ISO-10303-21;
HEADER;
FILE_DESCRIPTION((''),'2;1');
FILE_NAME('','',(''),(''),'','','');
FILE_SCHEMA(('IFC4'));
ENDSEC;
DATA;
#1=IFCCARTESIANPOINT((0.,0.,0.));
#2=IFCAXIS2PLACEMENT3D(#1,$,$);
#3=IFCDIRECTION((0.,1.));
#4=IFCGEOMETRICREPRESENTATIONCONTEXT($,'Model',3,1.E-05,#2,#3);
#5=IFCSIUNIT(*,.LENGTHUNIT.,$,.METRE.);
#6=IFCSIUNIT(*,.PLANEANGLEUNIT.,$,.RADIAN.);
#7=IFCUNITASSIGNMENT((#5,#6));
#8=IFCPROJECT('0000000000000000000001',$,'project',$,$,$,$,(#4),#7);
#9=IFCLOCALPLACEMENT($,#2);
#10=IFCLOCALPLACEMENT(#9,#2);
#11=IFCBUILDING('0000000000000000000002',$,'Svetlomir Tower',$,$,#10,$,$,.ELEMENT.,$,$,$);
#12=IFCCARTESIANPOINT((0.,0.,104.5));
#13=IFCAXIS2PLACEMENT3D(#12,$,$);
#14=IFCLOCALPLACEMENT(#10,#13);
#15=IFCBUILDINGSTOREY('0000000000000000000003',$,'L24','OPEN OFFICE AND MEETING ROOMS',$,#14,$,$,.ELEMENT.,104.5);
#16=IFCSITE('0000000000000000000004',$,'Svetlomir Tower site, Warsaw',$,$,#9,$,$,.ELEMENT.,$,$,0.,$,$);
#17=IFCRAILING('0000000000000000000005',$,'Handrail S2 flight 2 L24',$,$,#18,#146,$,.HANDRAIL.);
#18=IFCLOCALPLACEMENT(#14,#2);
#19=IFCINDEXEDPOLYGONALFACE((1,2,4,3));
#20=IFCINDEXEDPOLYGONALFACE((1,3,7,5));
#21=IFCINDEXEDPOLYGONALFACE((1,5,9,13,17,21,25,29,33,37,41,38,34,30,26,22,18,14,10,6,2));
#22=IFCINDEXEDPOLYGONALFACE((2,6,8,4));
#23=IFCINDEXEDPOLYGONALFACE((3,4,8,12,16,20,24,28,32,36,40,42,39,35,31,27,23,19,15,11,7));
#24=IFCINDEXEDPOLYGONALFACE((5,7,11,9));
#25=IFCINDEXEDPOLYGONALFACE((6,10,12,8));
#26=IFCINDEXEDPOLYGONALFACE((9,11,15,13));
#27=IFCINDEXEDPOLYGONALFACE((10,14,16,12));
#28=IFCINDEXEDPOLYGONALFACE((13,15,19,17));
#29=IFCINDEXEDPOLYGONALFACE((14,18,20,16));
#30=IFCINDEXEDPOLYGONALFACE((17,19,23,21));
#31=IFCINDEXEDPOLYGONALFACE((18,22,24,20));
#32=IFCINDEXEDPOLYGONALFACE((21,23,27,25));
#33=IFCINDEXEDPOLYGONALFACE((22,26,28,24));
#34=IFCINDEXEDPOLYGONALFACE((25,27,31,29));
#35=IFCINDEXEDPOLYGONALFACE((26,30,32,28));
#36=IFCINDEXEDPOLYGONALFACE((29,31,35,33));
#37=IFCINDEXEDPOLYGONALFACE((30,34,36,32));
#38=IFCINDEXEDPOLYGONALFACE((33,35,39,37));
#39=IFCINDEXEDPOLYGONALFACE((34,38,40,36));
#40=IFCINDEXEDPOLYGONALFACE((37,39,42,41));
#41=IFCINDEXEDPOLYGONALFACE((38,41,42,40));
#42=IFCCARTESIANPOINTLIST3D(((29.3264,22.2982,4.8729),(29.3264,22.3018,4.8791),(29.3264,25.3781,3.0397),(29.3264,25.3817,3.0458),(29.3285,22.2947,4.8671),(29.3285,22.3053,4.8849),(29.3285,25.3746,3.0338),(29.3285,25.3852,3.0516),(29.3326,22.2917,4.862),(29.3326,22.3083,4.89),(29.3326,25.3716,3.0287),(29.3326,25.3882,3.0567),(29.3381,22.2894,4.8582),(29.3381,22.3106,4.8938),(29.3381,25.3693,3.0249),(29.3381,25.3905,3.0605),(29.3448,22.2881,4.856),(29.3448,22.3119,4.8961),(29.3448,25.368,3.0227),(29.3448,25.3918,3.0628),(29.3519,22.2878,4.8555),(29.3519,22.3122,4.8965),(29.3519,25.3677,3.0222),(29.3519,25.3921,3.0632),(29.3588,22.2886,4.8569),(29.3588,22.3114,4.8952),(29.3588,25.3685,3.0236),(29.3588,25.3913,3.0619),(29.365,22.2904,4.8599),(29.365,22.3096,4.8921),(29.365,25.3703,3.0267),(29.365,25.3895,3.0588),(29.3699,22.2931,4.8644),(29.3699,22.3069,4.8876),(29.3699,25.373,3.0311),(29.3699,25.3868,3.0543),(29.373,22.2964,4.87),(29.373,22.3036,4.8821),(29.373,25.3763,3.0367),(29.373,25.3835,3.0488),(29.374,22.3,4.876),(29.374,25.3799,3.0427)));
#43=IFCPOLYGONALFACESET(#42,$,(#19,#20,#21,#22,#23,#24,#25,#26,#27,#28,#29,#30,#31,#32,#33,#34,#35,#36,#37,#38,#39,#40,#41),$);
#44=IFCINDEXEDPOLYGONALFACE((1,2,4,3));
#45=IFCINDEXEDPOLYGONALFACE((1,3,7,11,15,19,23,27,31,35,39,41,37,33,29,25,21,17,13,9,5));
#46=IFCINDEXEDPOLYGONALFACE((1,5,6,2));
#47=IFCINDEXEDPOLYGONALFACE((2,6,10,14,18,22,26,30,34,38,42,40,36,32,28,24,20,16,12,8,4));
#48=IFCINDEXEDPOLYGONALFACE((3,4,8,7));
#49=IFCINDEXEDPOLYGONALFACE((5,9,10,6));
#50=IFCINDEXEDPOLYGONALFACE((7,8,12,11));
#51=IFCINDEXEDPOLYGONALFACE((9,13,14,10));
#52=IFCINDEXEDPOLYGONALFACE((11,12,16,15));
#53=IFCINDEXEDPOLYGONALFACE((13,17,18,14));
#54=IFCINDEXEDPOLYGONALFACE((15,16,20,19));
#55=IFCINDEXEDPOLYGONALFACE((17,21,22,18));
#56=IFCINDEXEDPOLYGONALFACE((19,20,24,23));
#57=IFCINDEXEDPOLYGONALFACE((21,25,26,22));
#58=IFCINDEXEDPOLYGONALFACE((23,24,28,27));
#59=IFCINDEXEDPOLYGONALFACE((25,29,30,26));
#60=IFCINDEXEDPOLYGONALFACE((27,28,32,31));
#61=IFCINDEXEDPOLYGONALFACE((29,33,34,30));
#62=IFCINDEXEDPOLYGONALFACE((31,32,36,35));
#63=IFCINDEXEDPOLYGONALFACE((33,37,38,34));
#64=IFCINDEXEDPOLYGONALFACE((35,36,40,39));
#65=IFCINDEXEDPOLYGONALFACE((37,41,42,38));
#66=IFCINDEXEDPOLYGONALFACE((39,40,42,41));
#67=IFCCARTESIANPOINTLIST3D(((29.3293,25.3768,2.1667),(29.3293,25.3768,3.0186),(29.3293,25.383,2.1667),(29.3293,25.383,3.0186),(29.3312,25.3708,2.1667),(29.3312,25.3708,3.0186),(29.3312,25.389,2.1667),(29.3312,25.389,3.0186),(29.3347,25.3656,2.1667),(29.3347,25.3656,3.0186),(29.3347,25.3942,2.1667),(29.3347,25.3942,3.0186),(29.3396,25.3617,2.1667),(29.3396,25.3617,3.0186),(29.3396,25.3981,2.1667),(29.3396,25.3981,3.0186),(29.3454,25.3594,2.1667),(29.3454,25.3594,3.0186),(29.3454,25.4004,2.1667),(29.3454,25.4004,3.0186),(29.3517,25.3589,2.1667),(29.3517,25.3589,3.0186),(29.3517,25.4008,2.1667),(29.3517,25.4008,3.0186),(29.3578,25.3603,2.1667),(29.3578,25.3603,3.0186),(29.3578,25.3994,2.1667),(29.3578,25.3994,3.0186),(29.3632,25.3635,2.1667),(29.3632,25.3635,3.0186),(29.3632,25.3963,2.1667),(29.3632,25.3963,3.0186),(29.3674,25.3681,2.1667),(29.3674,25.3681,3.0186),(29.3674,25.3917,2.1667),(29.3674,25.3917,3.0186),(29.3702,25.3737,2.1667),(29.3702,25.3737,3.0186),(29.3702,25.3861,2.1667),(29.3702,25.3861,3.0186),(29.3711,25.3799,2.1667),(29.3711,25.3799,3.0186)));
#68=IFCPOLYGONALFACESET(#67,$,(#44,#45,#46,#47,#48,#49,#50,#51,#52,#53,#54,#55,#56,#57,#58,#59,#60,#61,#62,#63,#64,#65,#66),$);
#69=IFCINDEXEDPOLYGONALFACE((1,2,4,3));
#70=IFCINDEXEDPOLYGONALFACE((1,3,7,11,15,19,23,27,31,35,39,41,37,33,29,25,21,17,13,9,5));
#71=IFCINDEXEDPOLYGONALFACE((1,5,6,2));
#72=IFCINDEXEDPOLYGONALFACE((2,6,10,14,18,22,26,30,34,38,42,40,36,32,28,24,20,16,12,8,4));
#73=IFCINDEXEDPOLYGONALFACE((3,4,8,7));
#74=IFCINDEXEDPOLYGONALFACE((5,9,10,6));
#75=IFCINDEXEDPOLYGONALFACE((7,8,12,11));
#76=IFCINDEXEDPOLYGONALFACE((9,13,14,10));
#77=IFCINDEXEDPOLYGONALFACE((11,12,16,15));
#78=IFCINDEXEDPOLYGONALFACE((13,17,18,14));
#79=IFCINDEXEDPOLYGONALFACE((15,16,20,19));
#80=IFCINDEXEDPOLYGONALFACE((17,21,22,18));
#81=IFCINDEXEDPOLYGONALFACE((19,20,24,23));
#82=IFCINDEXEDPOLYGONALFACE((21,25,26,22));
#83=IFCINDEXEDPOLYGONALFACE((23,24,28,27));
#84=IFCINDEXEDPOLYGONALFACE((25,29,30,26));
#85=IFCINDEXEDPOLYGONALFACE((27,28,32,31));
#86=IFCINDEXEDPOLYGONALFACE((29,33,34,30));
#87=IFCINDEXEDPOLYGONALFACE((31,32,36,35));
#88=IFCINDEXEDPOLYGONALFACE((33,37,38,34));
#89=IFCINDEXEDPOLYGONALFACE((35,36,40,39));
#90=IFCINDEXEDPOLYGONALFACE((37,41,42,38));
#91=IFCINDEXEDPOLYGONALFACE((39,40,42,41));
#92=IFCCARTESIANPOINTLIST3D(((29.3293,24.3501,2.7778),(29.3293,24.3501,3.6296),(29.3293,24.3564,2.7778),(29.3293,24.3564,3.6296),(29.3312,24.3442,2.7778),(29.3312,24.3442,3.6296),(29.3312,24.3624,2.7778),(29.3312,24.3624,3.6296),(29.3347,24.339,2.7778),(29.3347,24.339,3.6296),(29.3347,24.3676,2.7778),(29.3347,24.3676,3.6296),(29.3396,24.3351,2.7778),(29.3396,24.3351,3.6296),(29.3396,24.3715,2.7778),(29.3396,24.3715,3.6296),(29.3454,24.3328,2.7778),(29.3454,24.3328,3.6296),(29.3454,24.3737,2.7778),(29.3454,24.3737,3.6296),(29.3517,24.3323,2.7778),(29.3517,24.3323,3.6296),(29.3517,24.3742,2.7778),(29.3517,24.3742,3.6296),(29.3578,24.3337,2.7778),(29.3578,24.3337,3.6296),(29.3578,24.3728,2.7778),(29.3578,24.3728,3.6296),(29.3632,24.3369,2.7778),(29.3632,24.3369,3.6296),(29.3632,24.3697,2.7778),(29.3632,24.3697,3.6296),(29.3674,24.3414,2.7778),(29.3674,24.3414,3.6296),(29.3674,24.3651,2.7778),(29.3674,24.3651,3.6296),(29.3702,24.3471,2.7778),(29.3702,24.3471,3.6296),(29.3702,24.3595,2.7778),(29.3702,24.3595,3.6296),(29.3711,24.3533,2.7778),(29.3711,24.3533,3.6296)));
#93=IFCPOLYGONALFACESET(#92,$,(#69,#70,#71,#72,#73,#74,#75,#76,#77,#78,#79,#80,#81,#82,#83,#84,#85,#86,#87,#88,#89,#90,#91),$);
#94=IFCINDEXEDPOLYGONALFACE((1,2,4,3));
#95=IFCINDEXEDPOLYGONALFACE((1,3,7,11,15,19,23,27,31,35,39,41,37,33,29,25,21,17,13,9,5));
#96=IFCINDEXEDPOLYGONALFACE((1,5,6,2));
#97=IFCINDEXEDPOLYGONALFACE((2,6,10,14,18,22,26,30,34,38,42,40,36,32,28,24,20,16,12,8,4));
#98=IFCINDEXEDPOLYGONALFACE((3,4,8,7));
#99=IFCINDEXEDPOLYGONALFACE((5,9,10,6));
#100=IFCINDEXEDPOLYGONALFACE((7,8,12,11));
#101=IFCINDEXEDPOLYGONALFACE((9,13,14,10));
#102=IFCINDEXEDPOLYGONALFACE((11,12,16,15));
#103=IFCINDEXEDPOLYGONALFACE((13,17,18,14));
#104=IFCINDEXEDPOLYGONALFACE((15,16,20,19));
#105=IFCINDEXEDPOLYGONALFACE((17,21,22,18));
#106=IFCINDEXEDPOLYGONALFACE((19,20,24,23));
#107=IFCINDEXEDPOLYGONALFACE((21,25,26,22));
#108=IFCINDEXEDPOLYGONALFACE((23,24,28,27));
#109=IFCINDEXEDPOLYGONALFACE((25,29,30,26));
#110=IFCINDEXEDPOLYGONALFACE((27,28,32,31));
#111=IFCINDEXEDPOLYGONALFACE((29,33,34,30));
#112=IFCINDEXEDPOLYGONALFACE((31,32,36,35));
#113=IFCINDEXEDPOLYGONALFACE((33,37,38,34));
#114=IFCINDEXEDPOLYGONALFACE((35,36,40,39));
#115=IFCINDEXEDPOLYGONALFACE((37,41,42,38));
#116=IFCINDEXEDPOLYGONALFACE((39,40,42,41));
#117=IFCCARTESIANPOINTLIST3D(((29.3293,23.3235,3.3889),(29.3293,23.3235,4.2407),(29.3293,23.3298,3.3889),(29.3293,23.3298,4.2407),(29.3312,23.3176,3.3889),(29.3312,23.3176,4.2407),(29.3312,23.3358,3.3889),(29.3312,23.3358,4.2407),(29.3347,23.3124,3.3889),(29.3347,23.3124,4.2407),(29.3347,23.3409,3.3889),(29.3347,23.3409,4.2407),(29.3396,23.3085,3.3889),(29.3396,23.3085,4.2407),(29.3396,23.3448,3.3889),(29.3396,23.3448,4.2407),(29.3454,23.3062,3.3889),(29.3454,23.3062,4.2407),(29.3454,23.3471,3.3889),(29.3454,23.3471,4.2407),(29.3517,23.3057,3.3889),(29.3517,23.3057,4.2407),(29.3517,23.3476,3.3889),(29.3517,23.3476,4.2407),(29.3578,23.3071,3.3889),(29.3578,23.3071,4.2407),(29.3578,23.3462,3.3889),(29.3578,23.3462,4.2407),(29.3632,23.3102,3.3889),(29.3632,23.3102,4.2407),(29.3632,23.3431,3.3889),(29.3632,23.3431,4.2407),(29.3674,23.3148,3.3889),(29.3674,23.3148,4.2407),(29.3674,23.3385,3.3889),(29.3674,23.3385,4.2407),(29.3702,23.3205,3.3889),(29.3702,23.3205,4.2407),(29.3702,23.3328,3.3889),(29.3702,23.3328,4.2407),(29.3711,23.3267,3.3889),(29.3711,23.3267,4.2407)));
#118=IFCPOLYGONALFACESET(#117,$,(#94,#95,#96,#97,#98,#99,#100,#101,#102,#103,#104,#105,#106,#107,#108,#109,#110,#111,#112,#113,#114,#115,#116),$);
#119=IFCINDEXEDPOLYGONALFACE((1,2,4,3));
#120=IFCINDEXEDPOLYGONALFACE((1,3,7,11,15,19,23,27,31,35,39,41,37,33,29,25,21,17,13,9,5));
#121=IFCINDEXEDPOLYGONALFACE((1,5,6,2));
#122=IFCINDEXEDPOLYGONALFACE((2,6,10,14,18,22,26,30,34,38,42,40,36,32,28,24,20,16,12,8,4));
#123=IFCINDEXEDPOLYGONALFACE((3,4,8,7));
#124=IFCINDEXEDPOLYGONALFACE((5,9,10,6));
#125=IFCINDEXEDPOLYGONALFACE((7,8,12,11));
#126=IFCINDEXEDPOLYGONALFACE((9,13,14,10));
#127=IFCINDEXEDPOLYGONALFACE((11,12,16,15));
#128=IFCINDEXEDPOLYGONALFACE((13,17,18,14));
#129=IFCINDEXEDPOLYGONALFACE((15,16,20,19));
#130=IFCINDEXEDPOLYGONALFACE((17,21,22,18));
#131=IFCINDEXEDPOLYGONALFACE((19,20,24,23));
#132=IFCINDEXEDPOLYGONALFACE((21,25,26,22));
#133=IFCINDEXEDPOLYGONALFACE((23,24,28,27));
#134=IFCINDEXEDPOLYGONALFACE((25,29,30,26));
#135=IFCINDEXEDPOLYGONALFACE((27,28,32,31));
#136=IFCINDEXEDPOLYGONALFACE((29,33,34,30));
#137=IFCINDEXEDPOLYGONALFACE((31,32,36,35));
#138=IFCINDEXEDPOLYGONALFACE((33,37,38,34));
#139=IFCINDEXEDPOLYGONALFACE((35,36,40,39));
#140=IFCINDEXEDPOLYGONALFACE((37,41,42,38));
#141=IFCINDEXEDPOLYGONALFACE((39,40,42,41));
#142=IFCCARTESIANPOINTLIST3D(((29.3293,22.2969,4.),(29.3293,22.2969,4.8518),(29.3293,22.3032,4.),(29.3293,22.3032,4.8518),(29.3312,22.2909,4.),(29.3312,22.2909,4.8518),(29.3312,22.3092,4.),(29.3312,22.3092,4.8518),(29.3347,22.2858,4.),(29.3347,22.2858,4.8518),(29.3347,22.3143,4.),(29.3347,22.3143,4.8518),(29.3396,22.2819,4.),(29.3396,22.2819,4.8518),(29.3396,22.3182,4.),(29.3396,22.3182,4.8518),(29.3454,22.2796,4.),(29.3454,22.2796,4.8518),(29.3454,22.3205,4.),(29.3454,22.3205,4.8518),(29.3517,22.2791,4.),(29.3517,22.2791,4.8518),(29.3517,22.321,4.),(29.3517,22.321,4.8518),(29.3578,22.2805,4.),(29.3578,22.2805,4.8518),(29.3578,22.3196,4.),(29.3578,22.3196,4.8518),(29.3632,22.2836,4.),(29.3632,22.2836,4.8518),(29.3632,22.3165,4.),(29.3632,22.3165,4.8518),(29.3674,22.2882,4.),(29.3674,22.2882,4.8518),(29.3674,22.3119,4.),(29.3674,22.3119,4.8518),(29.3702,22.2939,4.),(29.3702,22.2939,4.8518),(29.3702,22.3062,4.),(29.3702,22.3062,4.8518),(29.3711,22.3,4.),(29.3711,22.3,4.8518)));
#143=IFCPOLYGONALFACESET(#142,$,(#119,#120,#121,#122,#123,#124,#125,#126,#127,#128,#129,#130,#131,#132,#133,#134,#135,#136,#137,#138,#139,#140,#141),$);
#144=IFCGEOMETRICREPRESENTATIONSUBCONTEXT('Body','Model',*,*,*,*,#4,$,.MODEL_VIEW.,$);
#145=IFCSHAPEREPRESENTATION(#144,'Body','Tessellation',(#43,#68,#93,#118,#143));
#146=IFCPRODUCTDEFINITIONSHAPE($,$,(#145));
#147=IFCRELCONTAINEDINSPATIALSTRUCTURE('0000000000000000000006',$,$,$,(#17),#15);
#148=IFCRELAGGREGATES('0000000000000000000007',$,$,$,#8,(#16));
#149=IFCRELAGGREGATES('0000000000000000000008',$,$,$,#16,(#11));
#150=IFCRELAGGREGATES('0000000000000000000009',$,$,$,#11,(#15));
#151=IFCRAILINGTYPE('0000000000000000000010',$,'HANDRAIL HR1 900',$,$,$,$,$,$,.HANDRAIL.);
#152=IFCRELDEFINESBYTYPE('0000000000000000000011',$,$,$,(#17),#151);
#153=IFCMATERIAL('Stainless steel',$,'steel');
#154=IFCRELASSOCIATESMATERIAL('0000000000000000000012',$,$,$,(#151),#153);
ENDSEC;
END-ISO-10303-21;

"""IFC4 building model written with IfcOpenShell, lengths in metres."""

from ifc_helpers import new_model, si_unit, direction, frame, origin, origin_2d, place, context, subcontext, project, spatial, circle, extrude, material, type_object, element, save


model = new_model("IFC4")

# Units and contexts
model_context = context("Model", 3, precision=1e-05, world=origin(), true_north=direction((0.0, 1.0)))
body_context = subcontext(model_context, "Body", "Model", "MODEL_VIEW")
ifc_project = project(units=[si_unit("LENGTHUNIT", "METRE"), si_unit("PLANEANGLEUNIT", "RADIAN")], contexts=[model_context])

# Site, building, storey
site_placement = place(None, origin())
site = spatial("IfcSite", under=ifc_project, at=site_placement, Name="Svetlomir Tower site, Warsaw", CompositionType="ELEMENT", RefElevation=0.0)
building_placement = place(site_placement, origin())
building = spatial("IfcBuilding", under=site, at=building_placement, Name="Svetlomir Tower", CompositionType="ELEMENT")
storey_placement = place(building_placement, frame((0.0, 0.0, 104.5)))
storey = spatial("IfcBuildingStorey", under=building, at=storey_placement, Name="L24", Description="OPEN OFFICE AND MEETING ROOMS", CompositionType="ELEMENT", Elevation=104.5)

# Railing
ifc_material_1 = material(Name="Stainless steel", Category="steel")
railing_type = type_object("IfcRailingType", Name="HANDRAIL HR1 900", PredefinedType="HANDRAIL", material=ifc_material_1)
railing_placement = place(storey_placement, frame((29.3501, 25.3799, 2.1667)))
element("IfcRailing", 1, at=railing_placement, inside=storey, type_object=railing_type, Name="Handrail S2 flight 2 L24", PredefinedType="HANDRAIL", context=body_context, shape_type="SweptSolid", body=[
    extrude(circle(Radius=0.0239, at=origin_2d()), frame((0.0, 0.0, 0.876), z_axis=(0.0, -0.859291, 0.511487), x_axis=(1.0, 0.0, 0.0)), (0.0, 0.0, 1.0), 3.5842),
    extrude(circle(Radius=0.021, at=origin_2d()), origin(), (0.0, 0.0, 1.0), 0.8518),
    extrude(circle(Radius=0.021, at=origin_2d()), frame((0.0, -1.0266, 0.6111)), (0.0, 0.0, 1.0), 0.8518),
    extrude(circle(Radius=0.021, at=origin_2d()), frame((0.0, -2.0532, 1.2222)), (0.0, 0.0, 1.0), 0.8518),
    extrude(circle(Radius=0.021, at=origin_2d()), frame((0.0, -3.0798, 1.8333)), (0.0, 0.0, 1.0), 0.8518),
])

save(model, "model.ifc")
